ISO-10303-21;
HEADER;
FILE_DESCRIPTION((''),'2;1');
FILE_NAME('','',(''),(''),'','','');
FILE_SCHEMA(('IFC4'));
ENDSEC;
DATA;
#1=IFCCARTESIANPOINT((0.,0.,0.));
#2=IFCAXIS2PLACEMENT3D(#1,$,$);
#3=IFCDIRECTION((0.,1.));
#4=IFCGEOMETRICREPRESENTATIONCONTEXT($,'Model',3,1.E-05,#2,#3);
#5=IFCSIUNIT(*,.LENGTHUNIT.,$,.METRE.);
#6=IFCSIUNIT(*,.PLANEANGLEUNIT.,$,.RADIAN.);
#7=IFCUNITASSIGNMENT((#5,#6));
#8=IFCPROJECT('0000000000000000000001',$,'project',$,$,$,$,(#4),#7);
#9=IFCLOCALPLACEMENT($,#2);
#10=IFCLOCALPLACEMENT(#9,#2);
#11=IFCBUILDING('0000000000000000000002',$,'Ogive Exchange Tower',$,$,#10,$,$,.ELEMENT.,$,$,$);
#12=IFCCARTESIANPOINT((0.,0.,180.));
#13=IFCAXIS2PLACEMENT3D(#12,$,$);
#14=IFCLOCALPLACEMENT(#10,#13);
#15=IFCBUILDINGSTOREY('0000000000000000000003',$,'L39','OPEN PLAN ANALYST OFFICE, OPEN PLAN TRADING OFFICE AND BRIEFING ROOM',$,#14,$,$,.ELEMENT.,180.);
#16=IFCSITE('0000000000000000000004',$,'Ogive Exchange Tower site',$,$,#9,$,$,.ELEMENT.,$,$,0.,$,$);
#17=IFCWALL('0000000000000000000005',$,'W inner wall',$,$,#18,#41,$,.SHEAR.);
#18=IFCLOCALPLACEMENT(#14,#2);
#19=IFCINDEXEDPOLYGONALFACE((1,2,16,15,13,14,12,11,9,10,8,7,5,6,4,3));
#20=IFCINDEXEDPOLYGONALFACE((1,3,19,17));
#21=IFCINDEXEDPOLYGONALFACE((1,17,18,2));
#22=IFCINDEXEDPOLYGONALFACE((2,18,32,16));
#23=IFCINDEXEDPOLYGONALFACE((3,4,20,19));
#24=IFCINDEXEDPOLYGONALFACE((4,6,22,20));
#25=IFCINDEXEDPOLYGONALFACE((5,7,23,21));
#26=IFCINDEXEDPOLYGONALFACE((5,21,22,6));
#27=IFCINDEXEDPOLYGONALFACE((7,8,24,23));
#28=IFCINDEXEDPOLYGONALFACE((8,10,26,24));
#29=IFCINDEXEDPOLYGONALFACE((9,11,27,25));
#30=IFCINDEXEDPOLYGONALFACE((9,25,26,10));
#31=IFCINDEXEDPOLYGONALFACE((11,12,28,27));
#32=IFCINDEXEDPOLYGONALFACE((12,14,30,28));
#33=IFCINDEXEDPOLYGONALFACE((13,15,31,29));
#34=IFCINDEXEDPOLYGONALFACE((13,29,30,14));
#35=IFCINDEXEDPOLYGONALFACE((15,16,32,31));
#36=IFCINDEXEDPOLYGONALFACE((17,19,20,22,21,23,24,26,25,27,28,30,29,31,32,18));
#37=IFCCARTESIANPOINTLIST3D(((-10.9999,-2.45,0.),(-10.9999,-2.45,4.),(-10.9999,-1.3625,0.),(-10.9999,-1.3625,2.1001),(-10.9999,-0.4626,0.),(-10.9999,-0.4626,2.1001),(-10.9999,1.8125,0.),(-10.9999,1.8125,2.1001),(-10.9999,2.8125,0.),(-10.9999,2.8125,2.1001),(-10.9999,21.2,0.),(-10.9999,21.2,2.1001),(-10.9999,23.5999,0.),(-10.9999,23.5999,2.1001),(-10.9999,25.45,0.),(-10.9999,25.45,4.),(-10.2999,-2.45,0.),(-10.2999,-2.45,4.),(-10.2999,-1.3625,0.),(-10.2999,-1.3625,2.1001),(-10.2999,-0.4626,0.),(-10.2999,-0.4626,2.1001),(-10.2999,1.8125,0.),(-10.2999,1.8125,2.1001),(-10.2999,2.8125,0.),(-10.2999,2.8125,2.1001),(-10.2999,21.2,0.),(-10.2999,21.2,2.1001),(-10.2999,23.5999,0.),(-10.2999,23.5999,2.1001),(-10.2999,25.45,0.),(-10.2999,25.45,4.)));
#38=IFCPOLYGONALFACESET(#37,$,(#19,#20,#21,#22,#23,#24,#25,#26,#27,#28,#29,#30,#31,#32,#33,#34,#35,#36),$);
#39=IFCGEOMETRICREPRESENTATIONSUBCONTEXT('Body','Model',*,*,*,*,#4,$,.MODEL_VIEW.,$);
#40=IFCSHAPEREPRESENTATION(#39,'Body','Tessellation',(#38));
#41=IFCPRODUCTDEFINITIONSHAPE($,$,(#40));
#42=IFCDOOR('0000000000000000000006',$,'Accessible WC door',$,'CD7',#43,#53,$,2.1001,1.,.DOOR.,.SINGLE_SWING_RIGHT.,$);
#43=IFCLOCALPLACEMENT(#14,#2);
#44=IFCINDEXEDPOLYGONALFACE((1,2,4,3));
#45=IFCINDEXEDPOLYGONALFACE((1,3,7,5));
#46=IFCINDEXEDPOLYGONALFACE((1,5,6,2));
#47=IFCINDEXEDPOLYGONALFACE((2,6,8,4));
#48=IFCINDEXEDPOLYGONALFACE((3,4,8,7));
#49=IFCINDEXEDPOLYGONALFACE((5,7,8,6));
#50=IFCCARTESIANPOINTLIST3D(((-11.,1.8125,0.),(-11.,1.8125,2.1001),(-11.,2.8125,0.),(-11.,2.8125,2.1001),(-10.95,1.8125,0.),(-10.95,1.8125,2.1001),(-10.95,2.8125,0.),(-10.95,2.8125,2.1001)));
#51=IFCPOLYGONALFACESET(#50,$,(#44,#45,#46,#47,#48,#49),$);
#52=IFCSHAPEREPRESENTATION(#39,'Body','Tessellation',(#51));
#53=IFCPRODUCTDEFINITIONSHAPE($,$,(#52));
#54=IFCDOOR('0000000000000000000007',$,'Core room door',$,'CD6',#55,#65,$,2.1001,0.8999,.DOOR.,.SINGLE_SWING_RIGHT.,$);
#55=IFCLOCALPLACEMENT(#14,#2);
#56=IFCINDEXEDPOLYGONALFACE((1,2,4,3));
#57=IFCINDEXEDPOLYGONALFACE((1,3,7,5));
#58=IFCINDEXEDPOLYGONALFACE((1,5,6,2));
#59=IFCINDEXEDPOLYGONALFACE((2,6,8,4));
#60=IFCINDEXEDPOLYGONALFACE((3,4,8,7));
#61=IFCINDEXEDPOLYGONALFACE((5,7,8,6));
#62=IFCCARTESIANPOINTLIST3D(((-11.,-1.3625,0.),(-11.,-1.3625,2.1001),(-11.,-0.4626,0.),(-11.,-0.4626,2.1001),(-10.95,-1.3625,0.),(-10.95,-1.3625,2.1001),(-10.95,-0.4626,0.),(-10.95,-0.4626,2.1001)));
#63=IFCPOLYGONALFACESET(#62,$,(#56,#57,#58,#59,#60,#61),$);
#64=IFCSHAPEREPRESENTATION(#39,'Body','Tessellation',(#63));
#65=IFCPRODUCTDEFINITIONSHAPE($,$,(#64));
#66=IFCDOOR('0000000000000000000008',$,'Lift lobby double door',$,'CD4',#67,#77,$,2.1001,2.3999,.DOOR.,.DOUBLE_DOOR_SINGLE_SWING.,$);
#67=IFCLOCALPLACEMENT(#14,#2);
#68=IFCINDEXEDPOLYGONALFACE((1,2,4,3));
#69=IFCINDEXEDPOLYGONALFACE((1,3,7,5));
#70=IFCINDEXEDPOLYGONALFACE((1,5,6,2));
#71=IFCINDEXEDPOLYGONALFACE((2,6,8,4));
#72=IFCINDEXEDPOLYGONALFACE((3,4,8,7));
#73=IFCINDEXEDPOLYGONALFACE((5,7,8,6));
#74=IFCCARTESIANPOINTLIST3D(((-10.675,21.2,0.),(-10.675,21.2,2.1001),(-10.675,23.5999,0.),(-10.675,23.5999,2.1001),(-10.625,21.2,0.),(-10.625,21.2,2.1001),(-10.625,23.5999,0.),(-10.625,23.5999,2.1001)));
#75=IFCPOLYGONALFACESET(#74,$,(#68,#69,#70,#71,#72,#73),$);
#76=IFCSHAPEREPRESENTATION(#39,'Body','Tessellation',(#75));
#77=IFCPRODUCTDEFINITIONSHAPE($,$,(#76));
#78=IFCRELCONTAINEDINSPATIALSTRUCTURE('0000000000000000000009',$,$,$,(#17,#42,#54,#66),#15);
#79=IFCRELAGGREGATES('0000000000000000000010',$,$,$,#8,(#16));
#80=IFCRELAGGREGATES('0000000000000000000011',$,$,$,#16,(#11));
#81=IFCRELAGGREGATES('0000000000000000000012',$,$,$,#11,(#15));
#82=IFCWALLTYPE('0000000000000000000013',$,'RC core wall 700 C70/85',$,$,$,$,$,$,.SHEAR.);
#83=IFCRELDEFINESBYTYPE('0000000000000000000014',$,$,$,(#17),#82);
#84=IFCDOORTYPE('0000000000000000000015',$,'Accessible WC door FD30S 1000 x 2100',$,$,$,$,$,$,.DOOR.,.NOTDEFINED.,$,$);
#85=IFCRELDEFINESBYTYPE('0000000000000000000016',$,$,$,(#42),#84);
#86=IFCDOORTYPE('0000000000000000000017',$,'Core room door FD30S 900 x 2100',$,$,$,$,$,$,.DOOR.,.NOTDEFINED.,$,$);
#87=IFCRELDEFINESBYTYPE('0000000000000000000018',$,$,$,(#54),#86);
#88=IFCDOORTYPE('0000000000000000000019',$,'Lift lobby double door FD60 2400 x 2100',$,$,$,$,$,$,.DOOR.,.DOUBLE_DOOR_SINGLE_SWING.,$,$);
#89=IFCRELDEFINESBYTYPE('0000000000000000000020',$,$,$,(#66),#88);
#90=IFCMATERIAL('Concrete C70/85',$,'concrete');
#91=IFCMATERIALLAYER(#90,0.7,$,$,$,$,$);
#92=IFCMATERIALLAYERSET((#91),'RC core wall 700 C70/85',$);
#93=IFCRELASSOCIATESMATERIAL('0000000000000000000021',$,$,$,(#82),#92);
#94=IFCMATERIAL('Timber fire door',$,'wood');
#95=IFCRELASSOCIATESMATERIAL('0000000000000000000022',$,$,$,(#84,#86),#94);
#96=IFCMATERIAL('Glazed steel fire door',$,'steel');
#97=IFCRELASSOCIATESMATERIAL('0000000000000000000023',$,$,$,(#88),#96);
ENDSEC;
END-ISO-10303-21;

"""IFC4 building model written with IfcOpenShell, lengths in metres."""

from ifc_helpers import new_model, si_unit, direction, frame, frame_2d, origin, place, context, subcontext, project, spatial, rectangle, extrude, material, layer, layer_set, type_object, element, fill, save


model = new_model("IFC4")

# Units and contexts
model_context = context("Model", 3, precision=1e-05, world=origin(), true_north=direction((0.0, 1.0)))
body_context = subcontext(model_context, "Body", "Model", "MODEL_VIEW")
ifc_project = project(units=[si_unit("LENGTHUNIT", "METRE"), si_unit("PLANEANGLEUNIT", "RADIAN")], contexts=[model_context])

# Site, building, storey
site_placement = place(None, origin())
site = spatial("IfcSite", under=ifc_project, at=site_placement, Name="Ogive Exchange Tower site", CompositionType="ELEMENT", RefElevation=0.0)
building_placement = place(site_placement, origin())
building = spatial("IfcBuilding", under=site, at=building_placement, Name="Ogive Exchange Tower", CompositionType="ELEMENT")
storey_placement = place(building_placement, frame((0.0, 0.0, 180.0)))
storey = spatial("IfcBuildingStorey", under=building, at=storey_placement, Name="L39", Description="OPEN PLAN ANALYST OFFICE, OPEN PLAN TRADING OFFICE AND BRIEFING ROOM", CompositionType="ELEMENT", Elevation=180.0)

# Shared definitions
ifc_material_1 = material(Name="Concrete C70/85", Category="concrete")

# Wall, openings, doors
ifc_layer_1 = layer(ifc_material_1, 0.7)
ifc_layer_set_1 = layer_set([ifc_layer_1], Name="RC core wall 700 C70/85")
wall_type_1 = type_object("IfcWallType", Name="RC core wall 700 C70/85", PredefinedType="SHEAR", material=ifc_layer_set_1)
wall_1_placement = place(storey_placement, frame((-10.6499, -2.45, 0.0), z_axis=(0.0, 0.0, 1.0), x_axis=(0.0, 1.0, 0.0)))
wall_1 = element("IfcWall", 1, at=wall_1_placement, inside=storey, type_object=wall_type_1, Name="W inner wall", PredefinedType="SHEAR", context=body_context, shape_type="SweptSolid", body=[
    extrude(rectangle(XDim=27.8999, YDim=0.7, at=frame_2d((13.95, 0.0))), origin(), (0.0, 0.0, 1.0), 4.0),
])
opening_1_placement = place(wall_1_placement, frame((23.6499, 0.0, 0.0)))
opening_1 = element("IfcOpeningElement", 2, at=opening_1_placement, cuts=wall_1, PredefinedType="OPENING", context=body_context, shape_type="SweptSolid", body=[
    extrude(rectangle(XDim=2.3999, YDim=2.1001, at=frame_2d((1.2, 1.05))), frame((0.0, 0.3599, 0.0), z_axis=(0.0, -1.0, 0.0), x_axis=(1.0, 0.0, 0.0)), (0.0, 0.0, 1.0), 0.72),
])
opening_2_placement = place(wall_1_placement, frame((1.0874, 0.0, 0.0)))
opening_2 = element("IfcOpeningElement", 3, at=opening_2_placement, cuts=wall_1, PredefinedType="OPENING", context=body_context, shape_type="SweptSolid", body=[
    extrude(rectangle(XDim=0.8999, YDim=2.1001, at=frame_2d((0.45, 1.05))), frame((0.0, 0.3599, 0.0), z_axis=(0.0, -1.0, 0.0), x_axis=(1.0, 0.0, 0.0)), (0.0, 0.0, 1.0), 0.72),
])
opening_3_placement = place(wall_1_placement, frame((4.2625, 0.0, 0.0)))
opening_3 = element("IfcOpeningElement", 4, at=opening_3_placement, cuts=wall_1, PredefinedType="OPENING", context=body_context, shape_type="SweptSolid", body=[
    extrude(rectangle(XDim=1.0, YDim=2.1001, at=frame_2d((0.5, 1.05))), frame((0.0, 0.3599, 0.0), z_axis=(0.0, -1.0, 0.0), x_axis=(1.0, 0.0, 0.0)), (0.0, 0.0, 1.0), 0.72),
])
ifc_material_2 = material(Name="Timber fire door", Category="wood")
door_type_1 = type_object("IfcDoorType", Name="Accessible WC door FD30S 1000 x 2100", OperationType="NOTDEFINED", PredefinedType="DOOR", material=ifc_material_2)
door_1_placement = place(opening_3_placement, origin())
door_1 = element("IfcDoor", 5, at=door_1_placement, inside=storey, type_object=door_type_1, Name="Accessible WC door", ObjectType="CD7", OperationType="SINGLE_SWING_RIGHT", OverallHeight=2.1001, OverallWidth=1.0, PredefinedType="DOOR", context=body_context, shape_type="SweptSolid", body=[
    extrude(rectangle(XDim=1.0, YDim=2.1001, at=frame_2d((0.5, 1.05))), frame((0.0, 0.3501, 0.0), z_axis=(0.0, -1.0, 0.0), x_axis=(1.0, 0.0, 0.0)), (0.0, 0.0, 1.0), 0.05),
])
fill(opening_3, door_1)
door_type_2 = type_object("IfcDoorType", Name="Core room door FD30S 900 x 2100", OperationType="NOTDEFINED", PredefinedType="DOOR", material=ifc_material_2)
door_2_placement = place(opening_2_placement, origin())
door_2 = element("IfcDoor", 6, at=door_2_placement, inside=storey, type_object=door_type_2, Name="Core room door", ObjectType="CD6", OperationType="SINGLE_SWING_RIGHT", OverallHeight=2.1001, OverallWidth=0.8999, PredefinedType="DOOR", context=body_context, shape_type="SweptSolid", body=[
    extrude(rectangle(XDim=0.8999, YDim=2.1001, at=frame_2d((0.45, 1.05))), frame((0.0, 0.3501, 0.0), z_axis=(0.0, -1.0, 0.0), x_axis=(1.0, 0.0, 0.0)), (0.0, 0.0, 1.0), 0.05),
])
fill(opening_2, door_2)
ifc_material_3 = material(Name="Glazed steel fire door", Category="steel")
door_type_3 = type_object("IfcDoorType", Name="Lift lobby double door FD60 2400 x 2100", OperationType="DOUBLE_DOOR_SINGLE_SWING", PredefinedType="DOOR", material=ifc_material_3)
door_3_placement = place(opening_1_placement, frame((2.3999, 0.0, 0.0), z_axis=(0.0, 0.0, 1.0), x_axis=(-1.0, 0.0, 0.0)))
door_3 = element("IfcDoor", 7, at=door_3_placement, inside=storey, type_object=door_type_3, Name="Lift lobby double door", ObjectType="CD4", OperationType="DOUBLE_DOOR_SINGLE_SWING", OverallHeight=2.1001, OverallWidth=2.3999, PredefinedType="DOOR", context=body_context, shape_type="SweptSolid", body=[
    extrude(rectangle(XDim=2.3999, YDim=2.1001, at=frame_2d((1.2, 1.05))), frame((0.0, 0.0249, 0.0), z_axis=(0.0, -1.0, 0.0), x_axis=(1.0, 0.0, 0.0)), (0.0, 0.0, 1.0), 0.05),
])
fill(opening_1, door_3)

save(model, "model.ifc")
